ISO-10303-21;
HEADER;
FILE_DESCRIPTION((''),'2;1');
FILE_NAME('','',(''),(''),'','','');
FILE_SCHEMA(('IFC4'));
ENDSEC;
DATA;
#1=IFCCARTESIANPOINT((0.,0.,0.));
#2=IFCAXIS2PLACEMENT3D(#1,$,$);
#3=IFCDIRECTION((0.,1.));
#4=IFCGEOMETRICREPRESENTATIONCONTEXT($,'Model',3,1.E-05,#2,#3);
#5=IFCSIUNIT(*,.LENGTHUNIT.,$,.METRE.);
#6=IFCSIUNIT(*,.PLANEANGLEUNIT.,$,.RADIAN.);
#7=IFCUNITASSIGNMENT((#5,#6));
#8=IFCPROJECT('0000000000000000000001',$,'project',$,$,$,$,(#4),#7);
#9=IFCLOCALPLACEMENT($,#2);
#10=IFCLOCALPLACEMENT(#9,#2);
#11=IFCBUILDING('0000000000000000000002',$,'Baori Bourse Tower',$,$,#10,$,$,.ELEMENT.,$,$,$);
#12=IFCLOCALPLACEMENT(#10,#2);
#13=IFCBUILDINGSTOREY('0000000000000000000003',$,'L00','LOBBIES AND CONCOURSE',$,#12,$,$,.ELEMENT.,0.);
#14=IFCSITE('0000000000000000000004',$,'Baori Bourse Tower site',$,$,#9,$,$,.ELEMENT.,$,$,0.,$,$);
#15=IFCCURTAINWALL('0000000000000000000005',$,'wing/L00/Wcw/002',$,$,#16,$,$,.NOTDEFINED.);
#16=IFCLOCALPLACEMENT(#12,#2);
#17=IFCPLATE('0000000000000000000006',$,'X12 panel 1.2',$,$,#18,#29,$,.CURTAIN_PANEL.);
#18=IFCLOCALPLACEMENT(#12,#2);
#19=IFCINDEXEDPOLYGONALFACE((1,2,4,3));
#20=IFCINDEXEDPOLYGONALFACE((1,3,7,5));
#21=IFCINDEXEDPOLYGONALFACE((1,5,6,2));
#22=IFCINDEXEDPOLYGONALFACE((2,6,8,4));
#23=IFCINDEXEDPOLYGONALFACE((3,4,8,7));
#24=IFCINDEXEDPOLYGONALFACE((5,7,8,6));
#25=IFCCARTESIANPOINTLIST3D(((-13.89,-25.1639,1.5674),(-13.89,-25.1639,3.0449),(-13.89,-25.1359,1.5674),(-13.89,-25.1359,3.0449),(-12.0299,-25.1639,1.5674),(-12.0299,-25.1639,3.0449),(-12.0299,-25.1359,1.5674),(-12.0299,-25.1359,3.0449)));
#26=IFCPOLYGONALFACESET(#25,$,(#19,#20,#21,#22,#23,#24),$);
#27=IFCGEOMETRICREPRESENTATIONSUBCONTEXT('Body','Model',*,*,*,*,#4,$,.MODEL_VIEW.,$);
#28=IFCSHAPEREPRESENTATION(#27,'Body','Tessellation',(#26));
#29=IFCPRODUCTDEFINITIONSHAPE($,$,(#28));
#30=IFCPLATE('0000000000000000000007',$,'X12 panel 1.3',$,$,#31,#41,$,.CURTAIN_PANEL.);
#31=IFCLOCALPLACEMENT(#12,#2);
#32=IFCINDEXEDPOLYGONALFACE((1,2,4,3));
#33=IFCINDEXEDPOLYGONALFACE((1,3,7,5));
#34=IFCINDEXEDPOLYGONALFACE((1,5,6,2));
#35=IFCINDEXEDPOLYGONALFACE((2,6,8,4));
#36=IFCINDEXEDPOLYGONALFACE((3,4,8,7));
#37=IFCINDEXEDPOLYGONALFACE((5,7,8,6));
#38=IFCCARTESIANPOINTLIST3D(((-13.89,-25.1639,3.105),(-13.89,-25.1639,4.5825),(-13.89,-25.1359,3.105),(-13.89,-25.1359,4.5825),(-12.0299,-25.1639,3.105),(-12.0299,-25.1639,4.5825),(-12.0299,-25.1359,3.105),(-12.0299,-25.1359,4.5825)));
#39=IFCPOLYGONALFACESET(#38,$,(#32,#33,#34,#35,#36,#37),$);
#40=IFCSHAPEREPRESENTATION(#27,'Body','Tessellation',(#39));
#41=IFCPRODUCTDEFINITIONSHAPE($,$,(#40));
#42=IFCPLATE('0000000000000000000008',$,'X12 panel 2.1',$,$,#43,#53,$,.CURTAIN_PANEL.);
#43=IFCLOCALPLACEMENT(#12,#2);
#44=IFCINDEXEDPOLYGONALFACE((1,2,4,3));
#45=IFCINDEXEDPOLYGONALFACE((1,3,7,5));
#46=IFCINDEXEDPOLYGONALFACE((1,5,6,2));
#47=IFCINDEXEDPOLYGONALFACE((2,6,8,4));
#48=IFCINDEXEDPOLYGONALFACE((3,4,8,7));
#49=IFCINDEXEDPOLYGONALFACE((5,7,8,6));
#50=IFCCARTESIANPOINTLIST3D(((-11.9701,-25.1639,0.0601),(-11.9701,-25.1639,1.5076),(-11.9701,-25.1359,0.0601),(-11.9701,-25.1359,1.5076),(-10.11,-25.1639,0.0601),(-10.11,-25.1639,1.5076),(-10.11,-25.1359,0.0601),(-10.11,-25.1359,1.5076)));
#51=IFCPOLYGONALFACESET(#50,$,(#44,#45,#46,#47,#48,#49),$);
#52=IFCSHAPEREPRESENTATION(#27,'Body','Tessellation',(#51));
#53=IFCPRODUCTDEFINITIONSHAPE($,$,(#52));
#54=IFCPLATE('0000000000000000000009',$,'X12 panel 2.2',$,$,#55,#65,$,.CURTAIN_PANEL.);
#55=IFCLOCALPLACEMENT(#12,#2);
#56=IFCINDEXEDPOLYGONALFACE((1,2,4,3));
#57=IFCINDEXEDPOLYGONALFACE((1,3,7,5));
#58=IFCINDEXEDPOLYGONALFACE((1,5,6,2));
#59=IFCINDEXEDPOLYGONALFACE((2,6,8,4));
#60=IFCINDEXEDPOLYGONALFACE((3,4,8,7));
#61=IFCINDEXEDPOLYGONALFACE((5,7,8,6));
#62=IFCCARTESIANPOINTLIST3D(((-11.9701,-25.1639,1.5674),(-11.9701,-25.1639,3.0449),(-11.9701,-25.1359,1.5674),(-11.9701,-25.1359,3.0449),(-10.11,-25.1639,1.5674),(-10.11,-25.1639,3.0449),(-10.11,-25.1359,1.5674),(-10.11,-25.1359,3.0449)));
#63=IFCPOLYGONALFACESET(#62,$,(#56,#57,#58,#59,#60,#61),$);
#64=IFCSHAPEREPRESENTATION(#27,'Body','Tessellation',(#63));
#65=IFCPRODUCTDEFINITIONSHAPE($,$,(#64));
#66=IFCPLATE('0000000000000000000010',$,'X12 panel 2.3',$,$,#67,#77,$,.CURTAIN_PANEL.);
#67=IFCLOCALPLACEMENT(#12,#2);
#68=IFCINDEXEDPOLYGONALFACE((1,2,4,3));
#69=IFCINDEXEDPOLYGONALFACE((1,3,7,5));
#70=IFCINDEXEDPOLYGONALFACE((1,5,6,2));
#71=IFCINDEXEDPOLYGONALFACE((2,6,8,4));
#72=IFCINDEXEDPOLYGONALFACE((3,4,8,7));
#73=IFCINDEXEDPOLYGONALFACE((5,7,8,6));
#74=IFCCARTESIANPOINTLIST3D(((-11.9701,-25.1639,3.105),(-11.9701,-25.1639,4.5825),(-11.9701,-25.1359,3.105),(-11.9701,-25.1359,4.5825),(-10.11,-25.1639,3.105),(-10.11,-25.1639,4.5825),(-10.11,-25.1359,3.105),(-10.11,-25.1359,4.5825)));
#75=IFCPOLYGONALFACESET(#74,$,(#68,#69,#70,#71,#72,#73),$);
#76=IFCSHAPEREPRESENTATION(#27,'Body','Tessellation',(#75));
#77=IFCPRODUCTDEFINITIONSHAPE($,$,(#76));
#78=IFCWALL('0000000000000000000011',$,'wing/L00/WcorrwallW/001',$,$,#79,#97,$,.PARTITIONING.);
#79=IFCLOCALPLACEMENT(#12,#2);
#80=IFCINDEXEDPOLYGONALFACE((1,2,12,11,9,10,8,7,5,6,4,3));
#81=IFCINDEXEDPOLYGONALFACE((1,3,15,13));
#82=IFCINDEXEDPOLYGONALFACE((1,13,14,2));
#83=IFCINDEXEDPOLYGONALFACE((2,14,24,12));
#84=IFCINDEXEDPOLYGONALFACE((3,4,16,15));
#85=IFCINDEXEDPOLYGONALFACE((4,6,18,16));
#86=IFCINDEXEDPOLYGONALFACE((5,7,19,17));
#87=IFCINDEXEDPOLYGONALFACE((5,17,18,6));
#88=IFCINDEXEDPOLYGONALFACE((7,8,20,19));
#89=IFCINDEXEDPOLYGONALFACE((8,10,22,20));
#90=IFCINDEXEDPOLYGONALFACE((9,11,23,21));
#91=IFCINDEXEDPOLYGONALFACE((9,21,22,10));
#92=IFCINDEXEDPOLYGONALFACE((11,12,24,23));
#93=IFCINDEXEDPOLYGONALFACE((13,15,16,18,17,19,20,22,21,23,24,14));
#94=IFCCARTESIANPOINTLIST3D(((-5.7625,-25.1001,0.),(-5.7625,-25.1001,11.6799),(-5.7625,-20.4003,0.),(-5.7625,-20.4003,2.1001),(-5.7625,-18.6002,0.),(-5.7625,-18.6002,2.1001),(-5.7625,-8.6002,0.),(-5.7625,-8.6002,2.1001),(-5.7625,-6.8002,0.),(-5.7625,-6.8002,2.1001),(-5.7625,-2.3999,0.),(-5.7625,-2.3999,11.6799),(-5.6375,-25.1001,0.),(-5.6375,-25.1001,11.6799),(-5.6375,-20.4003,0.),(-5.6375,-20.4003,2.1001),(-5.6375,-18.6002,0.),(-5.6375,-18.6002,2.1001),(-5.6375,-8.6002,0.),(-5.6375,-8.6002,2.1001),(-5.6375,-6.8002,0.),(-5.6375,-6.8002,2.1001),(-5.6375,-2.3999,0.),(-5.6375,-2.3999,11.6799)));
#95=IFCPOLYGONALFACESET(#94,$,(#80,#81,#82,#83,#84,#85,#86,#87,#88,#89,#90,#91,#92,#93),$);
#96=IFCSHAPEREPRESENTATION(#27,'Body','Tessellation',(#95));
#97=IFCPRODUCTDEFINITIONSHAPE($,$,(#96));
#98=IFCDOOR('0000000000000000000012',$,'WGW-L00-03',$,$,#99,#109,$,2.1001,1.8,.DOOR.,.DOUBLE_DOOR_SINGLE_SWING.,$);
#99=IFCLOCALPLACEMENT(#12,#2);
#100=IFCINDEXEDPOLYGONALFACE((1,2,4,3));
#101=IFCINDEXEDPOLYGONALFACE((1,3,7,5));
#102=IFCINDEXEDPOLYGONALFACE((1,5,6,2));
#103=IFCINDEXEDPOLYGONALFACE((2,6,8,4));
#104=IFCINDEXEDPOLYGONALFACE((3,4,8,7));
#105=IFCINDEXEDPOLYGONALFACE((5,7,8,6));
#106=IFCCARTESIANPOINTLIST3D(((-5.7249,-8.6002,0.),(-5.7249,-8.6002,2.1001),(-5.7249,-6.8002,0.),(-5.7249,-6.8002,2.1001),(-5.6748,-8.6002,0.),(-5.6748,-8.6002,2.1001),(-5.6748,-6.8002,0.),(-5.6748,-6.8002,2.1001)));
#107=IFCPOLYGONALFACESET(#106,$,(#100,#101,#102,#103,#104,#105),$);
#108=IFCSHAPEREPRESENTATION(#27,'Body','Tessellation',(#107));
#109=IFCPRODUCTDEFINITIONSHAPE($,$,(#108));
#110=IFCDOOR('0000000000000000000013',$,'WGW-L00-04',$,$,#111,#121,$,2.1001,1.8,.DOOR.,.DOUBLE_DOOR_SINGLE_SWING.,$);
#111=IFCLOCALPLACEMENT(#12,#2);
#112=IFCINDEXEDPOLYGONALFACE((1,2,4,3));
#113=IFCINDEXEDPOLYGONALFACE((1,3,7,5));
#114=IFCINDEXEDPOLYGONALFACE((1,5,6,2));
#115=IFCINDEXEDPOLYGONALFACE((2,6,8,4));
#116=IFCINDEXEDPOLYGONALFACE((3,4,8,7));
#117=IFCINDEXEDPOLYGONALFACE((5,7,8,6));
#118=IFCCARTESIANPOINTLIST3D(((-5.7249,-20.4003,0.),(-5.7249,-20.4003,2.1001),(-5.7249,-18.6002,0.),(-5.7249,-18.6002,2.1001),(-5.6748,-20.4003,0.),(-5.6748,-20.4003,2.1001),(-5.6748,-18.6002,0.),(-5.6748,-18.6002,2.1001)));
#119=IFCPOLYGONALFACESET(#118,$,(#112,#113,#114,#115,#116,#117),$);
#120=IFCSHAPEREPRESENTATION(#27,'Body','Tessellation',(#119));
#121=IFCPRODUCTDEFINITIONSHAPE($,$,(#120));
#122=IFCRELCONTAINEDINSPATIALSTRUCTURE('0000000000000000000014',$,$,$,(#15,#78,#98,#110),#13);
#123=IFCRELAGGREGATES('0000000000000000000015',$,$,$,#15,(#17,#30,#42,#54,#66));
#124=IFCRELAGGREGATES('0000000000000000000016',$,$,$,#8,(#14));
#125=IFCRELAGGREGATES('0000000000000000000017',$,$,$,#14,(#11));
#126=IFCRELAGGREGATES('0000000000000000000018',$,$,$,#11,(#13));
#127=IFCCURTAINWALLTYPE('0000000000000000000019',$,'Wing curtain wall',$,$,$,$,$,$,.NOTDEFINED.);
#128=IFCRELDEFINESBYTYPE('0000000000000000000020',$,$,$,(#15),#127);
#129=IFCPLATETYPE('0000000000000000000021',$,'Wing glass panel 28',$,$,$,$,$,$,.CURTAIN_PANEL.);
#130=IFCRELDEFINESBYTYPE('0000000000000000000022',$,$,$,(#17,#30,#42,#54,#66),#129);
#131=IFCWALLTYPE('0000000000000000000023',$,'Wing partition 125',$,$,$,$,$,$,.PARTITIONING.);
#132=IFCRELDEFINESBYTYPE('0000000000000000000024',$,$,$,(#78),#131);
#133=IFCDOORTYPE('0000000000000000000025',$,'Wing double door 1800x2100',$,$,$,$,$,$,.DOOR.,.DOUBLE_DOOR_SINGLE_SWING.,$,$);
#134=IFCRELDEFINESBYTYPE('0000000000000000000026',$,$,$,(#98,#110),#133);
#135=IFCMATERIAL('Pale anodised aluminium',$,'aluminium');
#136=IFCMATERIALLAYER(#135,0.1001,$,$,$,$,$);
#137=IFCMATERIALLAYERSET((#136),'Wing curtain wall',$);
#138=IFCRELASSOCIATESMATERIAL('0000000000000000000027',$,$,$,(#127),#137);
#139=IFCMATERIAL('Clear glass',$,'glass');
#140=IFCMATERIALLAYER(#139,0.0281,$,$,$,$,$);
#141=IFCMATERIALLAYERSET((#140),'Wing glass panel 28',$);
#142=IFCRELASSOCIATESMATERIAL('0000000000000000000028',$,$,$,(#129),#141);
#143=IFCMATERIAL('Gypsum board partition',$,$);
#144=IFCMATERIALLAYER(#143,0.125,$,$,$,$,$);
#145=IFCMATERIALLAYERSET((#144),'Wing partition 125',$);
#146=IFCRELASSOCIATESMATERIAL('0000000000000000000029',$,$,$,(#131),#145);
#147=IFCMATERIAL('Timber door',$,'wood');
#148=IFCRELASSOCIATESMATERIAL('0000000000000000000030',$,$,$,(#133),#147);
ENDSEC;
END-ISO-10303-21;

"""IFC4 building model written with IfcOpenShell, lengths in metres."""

from ifc_helpers import new_model, si_unit, direction, frame, frame_2d, origin, origin_2d, place, context, subcontext, project, spatial, rectangle, extrude, material, layer, layer_set, type_object, element, fill, aggregate, save


model = new_model("IFC4")

# Units and contexts
model_context = context("Model", 3, precision=1e-05, world=origin(), true_north=direction((0.0, 1.0)))
body_context = subcontext(model_context, "Body", "Model", "MODEL_VIEW")
ifc_project = project(units=[si_unit("LENGTHUNIT", "METRE"), si_unit("PLANEANGLEUNIT", "RADIAN")], contexts=[model_context])

# Site, building, storey
site_placement = place(None, origin())
site = spatial("IfcSite", under=ifc_project, at=site_placement, Name="Baori Bourse Tower site", CompositionType="ELEMENT", RefElevation=0.0)
building_placement = place(site_placement, origin())
building = spatial("IfcBuilding", under=site, at=building_placement, Name="Baori Bourse Tower", CompositionType="ELEMENT")
storey_placement = place(building_placement, origin())
storey = spatial("IfcBuildingStorey", under=building, at=storey_placement, Name="L00", Description="LOBBIES AND CONCOURSE", CompositionType="ELEMENT", Elevation=0.0)

# Curtain wall, plates
ifc_material_1 = material(Name="Pale anodised aluminium", Category="aluminium")
ifc_layer_1 = layer(ifc_material_1, 0.1001)
ifc_layer_set_1 = layer_set([ifc_layer_1], Name="Wing curtain wall")
curtain_wall_type = type_object("IfcCurtainWallType", Name="Wing curtain wall", PredefinedType="NOTDEFINED", material=ifc_layer_set_1)
curtain_wall_placement = place(storey_placement, origin())
curtain_wall = element("IfcCurtainWall", 1, at=curtain_wall_placement, inside=storey, type_object=curtain_wall_type, Name="wing/L00/Wcw/002", PredefinedType="NOTDEFINED")
ifc_material_2 = material(Name="Clear glass", Category="glass")
ifc_layer_2 = layer(ifc_material_2, 0.0281)
ifc_layer_set_2 = layer_set([ifc_layer_2], Name="Wing glass panel 28")
plate_type = type_object("IfcPlateType", Name="Wing glass panel 28", PredefinedType="CURTAIN_PANEL", material=ifc_layer_set_2)
plate_1_placement = place(storey_placement, frame((-12.96, -25.1499, 1.5674), z_axis=(0.0, 0.0, 1.0), x_axis=(1.0, 0.0, 0.0)))
plate_1 = element("IfcPlate", 2, at=plate_1_placement, type_object=plate_type, Name="X12 panel 1.2", PredefinedType="CURTAIN_PANEL", context=body_context, shape_type="SweptSolid", body=[
    extrude(rectangle(XDim=1.8601, YDim=0.0281, at=origin_2d()), origin(), (0.0, 0.0, 1.0), 1.4775),
])
plate_2_placement = place(storey_placement, frame((-12.96, -25.1499, 3.105), z_axis=(0.0, 0.0, 1.0), x_axis=(1.0, 0.0, 0.0)))
plate_2 = element("IfcPlate", 3, at=plate_2_placement, type_object=plate_type, Name="X12 panel 1.3", PredefinedType="CURTAIN_PANEL", context=body_context, shape_type="SweptSolid", body=[
    extrude(rectangle(XDim=1.8601, YDim=0.0281, at=origin_2d()), origin(), (0.0, 0.0, 1.0), 1.4775),
])
plate_3_placement = place(storey_placement, frame((-11.04, -25.1499, 0.0601), z_axis=(0.0, 0.0, 1.0), x_axis=(1.0, 0.0, 0.0)))
plate_3 = element("IfcPlate", 4, at=plate_3_placement, type_object=plate_type, Name="X12 panel 2.1", PredefinedType="CURTAIN_PANEL", context=body_context, shape_type="SweptSolid", body=[
    extrude(rectangle(XDim=1.8601, YDim=0.0281, at=origin_2d()), origin(), (0.0, 0.0, 1.0), 1.4475),
])
plate_4_placement = place(storey_placement, frame((-11.04, -25.1499, 1.5674), z_axis=(0.0, 0.0, 1.0), x_axis=(1.0, 0.0, 0.0)))
plate_4 = element("IfcPlate", 5, at=plate_4_placement, type_object=plate_type, Name="X12 panel 2.2", PredefinedType="CURTAIN_PANEL", context=body_context, shape_type="SweptSolid", body=[
    extrude(rectangle(XDim=1.8601, YDim=0.0281, at=origin_2d()), origin(), (0.0, 0.0, 1.0), 1.4775),
])
plate_5_placement = place(storey_placement, frame((-11.04, -25.1499, 3.105), z_axis=(0.0, 0.0, 1.0), x_axis=(1.0, 0.0, 0.0)))
plate_5 = element("IfcPlate", 6, at=plate_5_placement, type_object=plate_type, Name="X12 panel 2.3", PredefinedType="CURTAIN_PANEL", context=body_context, shape_type="SweptSolid", body=[
    extrude(rectangle(XDim=1.8601, YDim=0.0281, at=origin_2d()), origin(), (0.0, 0.0, 1.0), 1.4775),
])
aggregate(curtain_wall, [plate_1, plate_2, plate_3, plate_4, plate_5])

# Wall, openings, doors
ifc_material_3 = material(Name="Gypsum board partition")
ifc_layer_3 = layer(ifc_material_3, 0.125)
ifc_layer_set_3 = layer_set([ifc_layer_3], Name="Wing partition 125")
wall_type = type_object("IfcWallType", Name="Wing partition 125", PredefinedType="PARTITIONING", material=ifc_layer_set_3)
wall_placement = place(storey_placement, frame((-5.7, -25.1001, 0.0), z_axis=(0.0, 0.0, 1.0), x_axis=(0.0, 1.0, 0.0)))
wall = element("IfcWall", 7, at=wall_placement, inside=storey, type_object=wall_type, Name="wing/L00/WcorrwallW/001", PredefinedType="PARTITIONING", context=body_context, shape_type="SweptSolid", body=[
    extrude(rectangle(XDim=22.7002, YDim=0.125, at=frame_2d((11.3501, 0.0))), origin(), (0.0, 0.0, 1.0), 11.6799),
])
opening_1_placement = place(wall_placement, frame((16.5, 0.0, 0.0)))
opening_1 = element("IfcOpeningElement", 8, at=opening_1_placement, cuts=wall, PredefinedType="OPENING", context=body_context, shape_type="SweptSolid", body=[
    extrude(rectangle(XDim=1.8, YDim=2.1001, at=frame_2d((0.8999, 1.05))), frame((0.0, 0.0725, 0.0), z_axis=(0.0, -1.0, 0.0), x_axis=(1.0, 0.0, 0.0)), (0.0, 0.0, 1.0), 0.145),
])
opening_2_placement = place(wall_placement, frame((4.7, 0.0, 0.0)))
opening_2 = element("IfcOpeningElement", 9, at=opening_2_placement, cuts=wall, PredefinedType="OPENING", context=body_context, shape_type="SweptSolid", body=[
    extrude(rectangle(XDim=1.8, YDim=2.1001, at=frame_2d((0.8999, 1.05))), frame((0.0, 0.0725, 0.0), z_axis=(0.0, -1.0, 0.0), x_axis=(1.0, 0.0, 0.0)), (0.0, 0.0, 1.0), 0.145),
])
ifc_material_4 = material(Name="Timber door", Category="wood")
door_type = type_object("IfcDoorType", Name="Wing double door 1800x2100", OperationType="DOUBLE_DOOR_SINGLE_SWING", PredefinedType="DOOR", material=ifc_material_4)
door_1_placement = place(opening_1_placement, origin())
door_1 = element("IfcDoor", 10, at=door_1_placement, inside=storey, type_object=door_type, Name="WGW-L00-03", OperationType="DOUBLE_DOOR_SINGLE_SWING", OverallHeight=2.1001, OverallWidth=1.8, PredefinedType="DOOR", context=body_context, shape_type="SweptSolid", body=[
    extrude(rectangle(XDim=1.8, YDim=2.1001, at=frame_2d((0.8999, 1.05))), frame((0.0, 0.0249, 0.0), z_axis=(0.0, -1.0, 0.0), x_axis=(1.0, 0.0, 0.0)), (0.0, 0.0, 1.0), 0.05),
])
fill(opening_1, door_1)
door_2_placement = place(opening_2_placement, origin())
door_2 = element("IfcDoor", 11, at=door_2_placement, inside=storey, type_object=door_type, Name="WGW-L00-04", OperationType="DOUBLE_DOOR_SINGLE_SWING", OverallHeight=2.1001, OverallWidth=1.8, PredefinedType="DOOR", context=body_context, shape_type="SweptSolid", body=[
    extrude(rectangle(XDim=1.8, YDim=2.1001, at=frame_2d((0.8999, 1.05))), frame((0.0, 0.0249, 0.0), z_axis=(0.0, -1.0, 0.0), x_axis=(1.0, 0.0, 0.0)), (0.0, 0.0, 1.0), 0.05),
])
fill(opening_2, door_2)

save(model, "model.ifc")
